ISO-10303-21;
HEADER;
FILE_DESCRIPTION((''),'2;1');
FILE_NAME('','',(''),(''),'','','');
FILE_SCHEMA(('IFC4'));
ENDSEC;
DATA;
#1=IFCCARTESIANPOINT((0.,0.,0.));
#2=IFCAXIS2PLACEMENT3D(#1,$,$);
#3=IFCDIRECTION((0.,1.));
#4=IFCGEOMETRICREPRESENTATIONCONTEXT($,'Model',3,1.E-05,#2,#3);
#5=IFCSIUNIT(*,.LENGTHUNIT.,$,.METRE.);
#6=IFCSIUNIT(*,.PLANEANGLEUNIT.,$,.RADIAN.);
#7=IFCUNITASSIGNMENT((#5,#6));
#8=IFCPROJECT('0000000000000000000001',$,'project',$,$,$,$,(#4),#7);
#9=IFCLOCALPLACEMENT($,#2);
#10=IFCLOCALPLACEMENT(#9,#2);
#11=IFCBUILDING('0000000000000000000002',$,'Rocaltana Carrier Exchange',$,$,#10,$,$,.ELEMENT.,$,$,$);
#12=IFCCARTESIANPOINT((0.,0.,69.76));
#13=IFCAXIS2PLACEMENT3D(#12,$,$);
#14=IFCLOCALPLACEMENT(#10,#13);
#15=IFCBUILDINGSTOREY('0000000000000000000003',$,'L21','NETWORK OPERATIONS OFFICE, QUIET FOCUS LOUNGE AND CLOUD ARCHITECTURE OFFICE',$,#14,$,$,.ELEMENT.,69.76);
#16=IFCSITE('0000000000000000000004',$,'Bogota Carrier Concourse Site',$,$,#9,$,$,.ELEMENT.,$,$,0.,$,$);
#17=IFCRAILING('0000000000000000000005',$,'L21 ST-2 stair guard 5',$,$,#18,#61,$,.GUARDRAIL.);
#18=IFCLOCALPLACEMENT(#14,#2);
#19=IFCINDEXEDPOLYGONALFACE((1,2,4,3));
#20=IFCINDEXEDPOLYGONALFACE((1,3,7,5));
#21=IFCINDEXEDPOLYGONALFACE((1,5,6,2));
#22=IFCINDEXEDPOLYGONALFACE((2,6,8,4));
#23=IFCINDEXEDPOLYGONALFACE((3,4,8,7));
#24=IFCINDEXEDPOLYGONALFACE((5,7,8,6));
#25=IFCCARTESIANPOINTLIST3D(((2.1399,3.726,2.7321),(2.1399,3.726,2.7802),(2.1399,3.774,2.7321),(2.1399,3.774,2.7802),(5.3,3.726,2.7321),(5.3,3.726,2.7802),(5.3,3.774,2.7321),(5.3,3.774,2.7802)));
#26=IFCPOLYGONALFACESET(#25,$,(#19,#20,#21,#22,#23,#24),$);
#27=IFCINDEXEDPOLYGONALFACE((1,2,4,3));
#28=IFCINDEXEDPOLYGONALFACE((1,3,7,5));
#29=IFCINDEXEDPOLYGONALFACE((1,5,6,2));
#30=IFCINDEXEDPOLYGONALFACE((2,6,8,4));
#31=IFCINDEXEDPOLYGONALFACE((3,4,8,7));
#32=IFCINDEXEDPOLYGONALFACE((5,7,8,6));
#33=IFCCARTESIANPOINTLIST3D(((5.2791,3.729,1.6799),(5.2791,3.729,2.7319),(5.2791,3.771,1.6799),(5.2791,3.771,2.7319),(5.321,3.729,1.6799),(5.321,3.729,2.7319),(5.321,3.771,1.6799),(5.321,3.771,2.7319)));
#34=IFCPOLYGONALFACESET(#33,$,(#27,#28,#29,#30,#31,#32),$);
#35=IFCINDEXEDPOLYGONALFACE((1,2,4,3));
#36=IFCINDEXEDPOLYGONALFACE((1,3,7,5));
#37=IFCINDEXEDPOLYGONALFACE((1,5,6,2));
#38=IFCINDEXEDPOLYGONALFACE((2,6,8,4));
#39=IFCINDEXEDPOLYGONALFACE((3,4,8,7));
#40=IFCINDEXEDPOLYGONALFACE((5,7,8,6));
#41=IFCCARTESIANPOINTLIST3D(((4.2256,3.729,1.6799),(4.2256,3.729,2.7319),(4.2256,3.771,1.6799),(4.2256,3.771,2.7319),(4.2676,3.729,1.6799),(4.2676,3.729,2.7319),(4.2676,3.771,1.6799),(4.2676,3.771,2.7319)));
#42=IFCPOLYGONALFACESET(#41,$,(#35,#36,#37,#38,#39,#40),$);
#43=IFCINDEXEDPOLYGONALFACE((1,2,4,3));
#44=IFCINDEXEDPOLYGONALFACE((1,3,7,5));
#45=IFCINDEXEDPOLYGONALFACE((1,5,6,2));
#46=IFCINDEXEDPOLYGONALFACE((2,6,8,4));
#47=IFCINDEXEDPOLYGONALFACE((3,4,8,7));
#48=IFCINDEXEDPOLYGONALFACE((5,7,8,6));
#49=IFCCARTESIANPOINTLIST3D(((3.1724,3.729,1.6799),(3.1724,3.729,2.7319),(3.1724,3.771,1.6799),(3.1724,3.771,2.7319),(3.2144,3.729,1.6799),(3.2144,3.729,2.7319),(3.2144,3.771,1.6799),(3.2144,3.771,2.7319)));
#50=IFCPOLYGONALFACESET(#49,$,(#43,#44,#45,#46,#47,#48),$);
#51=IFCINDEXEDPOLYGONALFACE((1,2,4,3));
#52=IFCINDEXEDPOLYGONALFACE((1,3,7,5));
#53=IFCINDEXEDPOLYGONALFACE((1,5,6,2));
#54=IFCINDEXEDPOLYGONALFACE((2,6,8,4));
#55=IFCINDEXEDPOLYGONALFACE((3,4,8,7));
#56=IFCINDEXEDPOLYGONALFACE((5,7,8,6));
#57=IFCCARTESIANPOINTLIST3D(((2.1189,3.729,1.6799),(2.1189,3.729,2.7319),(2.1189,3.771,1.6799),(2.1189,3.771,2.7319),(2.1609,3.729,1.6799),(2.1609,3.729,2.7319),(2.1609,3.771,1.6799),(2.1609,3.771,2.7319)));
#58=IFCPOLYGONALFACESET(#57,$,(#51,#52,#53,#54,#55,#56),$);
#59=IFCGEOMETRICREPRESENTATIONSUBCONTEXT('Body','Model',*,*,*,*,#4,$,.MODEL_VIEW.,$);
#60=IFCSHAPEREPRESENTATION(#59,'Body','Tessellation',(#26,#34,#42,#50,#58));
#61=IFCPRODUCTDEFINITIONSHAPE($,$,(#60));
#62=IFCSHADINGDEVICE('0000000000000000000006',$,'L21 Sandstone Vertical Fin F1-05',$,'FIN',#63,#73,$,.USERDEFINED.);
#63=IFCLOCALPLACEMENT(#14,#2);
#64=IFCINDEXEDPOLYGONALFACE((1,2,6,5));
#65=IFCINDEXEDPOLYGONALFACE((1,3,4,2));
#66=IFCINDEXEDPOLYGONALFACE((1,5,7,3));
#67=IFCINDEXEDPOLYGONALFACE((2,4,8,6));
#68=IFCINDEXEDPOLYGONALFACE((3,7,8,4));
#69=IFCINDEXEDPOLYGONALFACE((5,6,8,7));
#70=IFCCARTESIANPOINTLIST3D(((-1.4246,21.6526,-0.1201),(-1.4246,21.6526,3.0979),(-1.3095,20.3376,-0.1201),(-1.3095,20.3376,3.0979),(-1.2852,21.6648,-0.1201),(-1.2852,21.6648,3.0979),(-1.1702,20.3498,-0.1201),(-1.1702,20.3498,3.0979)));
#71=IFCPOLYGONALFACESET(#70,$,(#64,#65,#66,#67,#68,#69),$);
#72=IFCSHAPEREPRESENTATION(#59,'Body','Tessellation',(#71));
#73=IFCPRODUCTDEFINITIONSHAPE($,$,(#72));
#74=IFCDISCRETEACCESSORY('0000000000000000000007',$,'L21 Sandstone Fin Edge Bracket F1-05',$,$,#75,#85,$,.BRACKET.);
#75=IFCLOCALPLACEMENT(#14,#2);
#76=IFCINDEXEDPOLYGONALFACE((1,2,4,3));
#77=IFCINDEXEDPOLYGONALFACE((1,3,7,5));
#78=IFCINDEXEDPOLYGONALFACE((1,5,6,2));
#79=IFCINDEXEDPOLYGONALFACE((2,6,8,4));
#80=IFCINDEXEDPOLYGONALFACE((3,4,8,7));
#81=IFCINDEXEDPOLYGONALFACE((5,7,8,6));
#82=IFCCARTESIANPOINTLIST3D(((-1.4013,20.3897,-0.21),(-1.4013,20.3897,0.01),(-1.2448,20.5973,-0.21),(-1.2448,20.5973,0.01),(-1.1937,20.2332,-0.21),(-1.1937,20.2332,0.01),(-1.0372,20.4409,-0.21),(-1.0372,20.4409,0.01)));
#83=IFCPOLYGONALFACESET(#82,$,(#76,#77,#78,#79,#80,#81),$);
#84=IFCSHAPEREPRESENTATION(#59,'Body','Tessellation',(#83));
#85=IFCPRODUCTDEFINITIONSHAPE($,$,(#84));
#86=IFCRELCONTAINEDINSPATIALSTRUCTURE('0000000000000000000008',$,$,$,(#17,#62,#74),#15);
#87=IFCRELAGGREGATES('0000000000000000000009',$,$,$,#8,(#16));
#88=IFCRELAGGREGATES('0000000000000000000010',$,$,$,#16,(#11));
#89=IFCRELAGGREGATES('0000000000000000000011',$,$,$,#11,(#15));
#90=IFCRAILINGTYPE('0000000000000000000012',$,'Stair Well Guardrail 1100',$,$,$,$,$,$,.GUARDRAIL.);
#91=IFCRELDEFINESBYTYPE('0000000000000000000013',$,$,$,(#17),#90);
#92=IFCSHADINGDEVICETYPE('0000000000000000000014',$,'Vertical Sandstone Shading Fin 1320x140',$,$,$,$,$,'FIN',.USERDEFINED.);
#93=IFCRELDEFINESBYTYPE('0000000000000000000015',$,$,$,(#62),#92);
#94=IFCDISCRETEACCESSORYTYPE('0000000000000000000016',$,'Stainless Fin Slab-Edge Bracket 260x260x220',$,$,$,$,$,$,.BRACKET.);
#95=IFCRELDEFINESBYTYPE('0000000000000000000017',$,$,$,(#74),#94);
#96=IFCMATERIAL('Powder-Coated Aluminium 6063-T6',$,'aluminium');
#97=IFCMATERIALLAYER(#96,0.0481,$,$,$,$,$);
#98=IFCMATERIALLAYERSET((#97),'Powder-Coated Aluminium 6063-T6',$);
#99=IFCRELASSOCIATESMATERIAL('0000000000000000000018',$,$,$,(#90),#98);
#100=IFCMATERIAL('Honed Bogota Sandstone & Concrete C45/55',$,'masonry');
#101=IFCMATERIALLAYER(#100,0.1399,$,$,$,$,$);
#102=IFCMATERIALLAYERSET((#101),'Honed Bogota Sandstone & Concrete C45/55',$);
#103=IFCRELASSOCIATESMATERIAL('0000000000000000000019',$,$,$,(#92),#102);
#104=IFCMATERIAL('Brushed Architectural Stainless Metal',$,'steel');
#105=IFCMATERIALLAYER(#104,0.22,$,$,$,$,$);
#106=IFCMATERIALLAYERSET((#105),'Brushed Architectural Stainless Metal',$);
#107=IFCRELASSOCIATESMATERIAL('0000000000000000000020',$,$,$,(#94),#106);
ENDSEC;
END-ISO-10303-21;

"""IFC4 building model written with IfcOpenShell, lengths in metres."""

from ifc_helpers import new_model, si_unit, direction, frame, origin, origin_2d, place, context, subcontext, project, spatial, rectangle, extrude, material, layer, layer_set, type_object, element, save


model = new_model("IFC4")

# Units and contexts
model_context = context("Model", 3, precision=1e-05, world=origin(), true_north=direction((0.0, 1.0)))
body_context = subcontext(model_context, "Body", "Model", "MODEL_VIEW")
ifc_project = project(units=[si_unit("LENGTHUNIT", "METRE"), si_unit("PLANEANGLEUNIT", "RADIAN")], contexts=[model_context])

# Site, building, storey
site_placement = place(None, origin())
site = spatial("IfcSite", under=ifc_project, at=site_placement, Name="Bogota Carrier Concourse Site", CompositionType="ELEMENT", RefElevation=0.0)
building_placement = place(site_placement, origin())
building = spatial("IfcBuilding", under=site, at=building_placement, Name="Rocaltana Carrier Exchange", CompositionType="ELEMENT")
storey_placement = place(building_placement, frame((0.0, 0.0, 69.76)))
storey = spatial("IfcBuildingStorey", under=building, at=storey_placement, Name="L21", Description="NETWORK OPERATIONS OFFICE, QUIET FOCUS LOUNGE AND CLOUD ARCHITECTURE OFFICE", CompositionType="ELEMENT", Elevation=69.76)

# Railing
ifc_material_1 = material(Name="Powder-Coated Aluminium 6063-T6", Category="aluminium")
ifc_layer_1 = layer(ifc_material_1, 0.0481)
ifc_layer_set_1 = layer_set([ifc_layer_1], Name="Powder-Coated Aluminium 6063-T6")
railing_type = type_object("IfcRailingType", Name="Stair Well Guardrail 1100", PredefinedType="GUARDRAIL", material=ifc_layer_set_1)
railing_placement = place(storey_placement, frame((5.3, 3.75, 1.6799)))
element("IfcRailing", 1, at=railing_placement, inside=storey, type_object=railing_type, Name="L21 ST-2 stair guard 5", PredefinedType="GUARDRAIL", context=body_context, shape_type="SweptSolid", body=[
    extrude(rectangle(XDim=0.0481, YDim=0.0481, at=origin_2d()), frame((0.0, 0.0, 1.0762), z_axis=(-1.0, 0.0, 0.0), x_axis=(0.0, -1.0, 0.0)), (0.0, 0.0, 1.0), 3.1602),
    extrude(rectangle(XDim=0.042, YDim=0.042, at=origin_2d()), origin(), (0.0, 0.0, 1.0), 1.052),
    extrude(rectangle(XDim=0.042, YDim=0.042, at=origin_2d()), frame((-1.0535, 0.0, 0.0)), (0.0, 0.0, 1.0), 1.052),
    extrude(rectangle(XDim=0.042, YDim=0.042, at=origin_2d()), frame((-2.1067, 0.0, 0.0)), (0.0, 0.0, 1.0), 1.052),
    extrude(rectangle(XDim=0.042, YDim=0.042, at=origin_2d()), frame((-3.1602, 0.0, 0.0)), (0.0, 0.0, 1.0), 1.052),
])

# Shading device
ifc_material_2 = material(Name="Honed Bogota Sandstone & Concrete C45/55", Category="masonry")
ifc_layer_2 = layer(ifc_material_2, 0.1399)
ifc_layer_set_2 = layer_set([ifc_layer_2], Name="Honed Bogota Sandstone & Concrete C45/55")
shading_device_type = type_object("IfcShadingDeviceType", Name="Vertical Sandstone Shading Fin 1320x140", ElementType="FIN", PredefinedType="USERDEFINED", material=ifc_layer_set_2)
shading_device_placement = place(storey_placement, frame((-1.2974, 21.0012, -0.1201), z_axis=(0.0, 0.0, 1.0), x_axis=(-0.087156, 0.996195, 0.0)))
element("IfcShadingDevice", 2, at=shading_device_placement, inside=storey, type_object=shading_device_type, Name="L21 Sandstone Vertical Fin F1-05", ObjectType="FIN", PredefinedType="USERDEFINED", context=body_context, shape_type="SweptSolid", body=[
    extrude(rectangle(XDim=1.3201, YDim=0.1399, at=origin_2d()), origin(), (0.0, 0.0, 1.0), 3.218),
])

# Discrete accessory
ifc_material_3 = material(Name="Brushed Architectural Stainless Metal", Category="steel")
ifc_layer_3 = layer(ifc_material_3, 0.22)
ifc_layer_set_3 = layer_set([ifc_layer_3], Name="Brushed Architectural Stainless Metal")
discrete_accessory_type = type_object("IfcDiscreteAccessoryType", Name="Stainless Fin Slab-Edge Bracket 260x260x220", PredefinedType="BRACKET", material=ifc_layer_set_3)
discrete_accessory_placement = place(storey_placement, frame((-1.2192, 20.4153, -0.21), z_axis=(0.0, 0.0, 1.0), x_axis=(-0.798636, 0.601815, 0.0)))
element("IfcDiscreteAccessory", 3, at=discrete_accessory_placement, inside=storey, type_object=discrete_accessory_type, Name="L21 Sandstone Fin Edge Bracket F1-05", PredefinedType="BRACKET", context=body_context, shape_type="SweptSolid", body=[
    extrude(rectangle(XDim=0.26, YDim=0.26, at=origin_2d()), origin(), (0.0, 0.0, 1.0), 0.22),
])

save(model, "model.ifc")
